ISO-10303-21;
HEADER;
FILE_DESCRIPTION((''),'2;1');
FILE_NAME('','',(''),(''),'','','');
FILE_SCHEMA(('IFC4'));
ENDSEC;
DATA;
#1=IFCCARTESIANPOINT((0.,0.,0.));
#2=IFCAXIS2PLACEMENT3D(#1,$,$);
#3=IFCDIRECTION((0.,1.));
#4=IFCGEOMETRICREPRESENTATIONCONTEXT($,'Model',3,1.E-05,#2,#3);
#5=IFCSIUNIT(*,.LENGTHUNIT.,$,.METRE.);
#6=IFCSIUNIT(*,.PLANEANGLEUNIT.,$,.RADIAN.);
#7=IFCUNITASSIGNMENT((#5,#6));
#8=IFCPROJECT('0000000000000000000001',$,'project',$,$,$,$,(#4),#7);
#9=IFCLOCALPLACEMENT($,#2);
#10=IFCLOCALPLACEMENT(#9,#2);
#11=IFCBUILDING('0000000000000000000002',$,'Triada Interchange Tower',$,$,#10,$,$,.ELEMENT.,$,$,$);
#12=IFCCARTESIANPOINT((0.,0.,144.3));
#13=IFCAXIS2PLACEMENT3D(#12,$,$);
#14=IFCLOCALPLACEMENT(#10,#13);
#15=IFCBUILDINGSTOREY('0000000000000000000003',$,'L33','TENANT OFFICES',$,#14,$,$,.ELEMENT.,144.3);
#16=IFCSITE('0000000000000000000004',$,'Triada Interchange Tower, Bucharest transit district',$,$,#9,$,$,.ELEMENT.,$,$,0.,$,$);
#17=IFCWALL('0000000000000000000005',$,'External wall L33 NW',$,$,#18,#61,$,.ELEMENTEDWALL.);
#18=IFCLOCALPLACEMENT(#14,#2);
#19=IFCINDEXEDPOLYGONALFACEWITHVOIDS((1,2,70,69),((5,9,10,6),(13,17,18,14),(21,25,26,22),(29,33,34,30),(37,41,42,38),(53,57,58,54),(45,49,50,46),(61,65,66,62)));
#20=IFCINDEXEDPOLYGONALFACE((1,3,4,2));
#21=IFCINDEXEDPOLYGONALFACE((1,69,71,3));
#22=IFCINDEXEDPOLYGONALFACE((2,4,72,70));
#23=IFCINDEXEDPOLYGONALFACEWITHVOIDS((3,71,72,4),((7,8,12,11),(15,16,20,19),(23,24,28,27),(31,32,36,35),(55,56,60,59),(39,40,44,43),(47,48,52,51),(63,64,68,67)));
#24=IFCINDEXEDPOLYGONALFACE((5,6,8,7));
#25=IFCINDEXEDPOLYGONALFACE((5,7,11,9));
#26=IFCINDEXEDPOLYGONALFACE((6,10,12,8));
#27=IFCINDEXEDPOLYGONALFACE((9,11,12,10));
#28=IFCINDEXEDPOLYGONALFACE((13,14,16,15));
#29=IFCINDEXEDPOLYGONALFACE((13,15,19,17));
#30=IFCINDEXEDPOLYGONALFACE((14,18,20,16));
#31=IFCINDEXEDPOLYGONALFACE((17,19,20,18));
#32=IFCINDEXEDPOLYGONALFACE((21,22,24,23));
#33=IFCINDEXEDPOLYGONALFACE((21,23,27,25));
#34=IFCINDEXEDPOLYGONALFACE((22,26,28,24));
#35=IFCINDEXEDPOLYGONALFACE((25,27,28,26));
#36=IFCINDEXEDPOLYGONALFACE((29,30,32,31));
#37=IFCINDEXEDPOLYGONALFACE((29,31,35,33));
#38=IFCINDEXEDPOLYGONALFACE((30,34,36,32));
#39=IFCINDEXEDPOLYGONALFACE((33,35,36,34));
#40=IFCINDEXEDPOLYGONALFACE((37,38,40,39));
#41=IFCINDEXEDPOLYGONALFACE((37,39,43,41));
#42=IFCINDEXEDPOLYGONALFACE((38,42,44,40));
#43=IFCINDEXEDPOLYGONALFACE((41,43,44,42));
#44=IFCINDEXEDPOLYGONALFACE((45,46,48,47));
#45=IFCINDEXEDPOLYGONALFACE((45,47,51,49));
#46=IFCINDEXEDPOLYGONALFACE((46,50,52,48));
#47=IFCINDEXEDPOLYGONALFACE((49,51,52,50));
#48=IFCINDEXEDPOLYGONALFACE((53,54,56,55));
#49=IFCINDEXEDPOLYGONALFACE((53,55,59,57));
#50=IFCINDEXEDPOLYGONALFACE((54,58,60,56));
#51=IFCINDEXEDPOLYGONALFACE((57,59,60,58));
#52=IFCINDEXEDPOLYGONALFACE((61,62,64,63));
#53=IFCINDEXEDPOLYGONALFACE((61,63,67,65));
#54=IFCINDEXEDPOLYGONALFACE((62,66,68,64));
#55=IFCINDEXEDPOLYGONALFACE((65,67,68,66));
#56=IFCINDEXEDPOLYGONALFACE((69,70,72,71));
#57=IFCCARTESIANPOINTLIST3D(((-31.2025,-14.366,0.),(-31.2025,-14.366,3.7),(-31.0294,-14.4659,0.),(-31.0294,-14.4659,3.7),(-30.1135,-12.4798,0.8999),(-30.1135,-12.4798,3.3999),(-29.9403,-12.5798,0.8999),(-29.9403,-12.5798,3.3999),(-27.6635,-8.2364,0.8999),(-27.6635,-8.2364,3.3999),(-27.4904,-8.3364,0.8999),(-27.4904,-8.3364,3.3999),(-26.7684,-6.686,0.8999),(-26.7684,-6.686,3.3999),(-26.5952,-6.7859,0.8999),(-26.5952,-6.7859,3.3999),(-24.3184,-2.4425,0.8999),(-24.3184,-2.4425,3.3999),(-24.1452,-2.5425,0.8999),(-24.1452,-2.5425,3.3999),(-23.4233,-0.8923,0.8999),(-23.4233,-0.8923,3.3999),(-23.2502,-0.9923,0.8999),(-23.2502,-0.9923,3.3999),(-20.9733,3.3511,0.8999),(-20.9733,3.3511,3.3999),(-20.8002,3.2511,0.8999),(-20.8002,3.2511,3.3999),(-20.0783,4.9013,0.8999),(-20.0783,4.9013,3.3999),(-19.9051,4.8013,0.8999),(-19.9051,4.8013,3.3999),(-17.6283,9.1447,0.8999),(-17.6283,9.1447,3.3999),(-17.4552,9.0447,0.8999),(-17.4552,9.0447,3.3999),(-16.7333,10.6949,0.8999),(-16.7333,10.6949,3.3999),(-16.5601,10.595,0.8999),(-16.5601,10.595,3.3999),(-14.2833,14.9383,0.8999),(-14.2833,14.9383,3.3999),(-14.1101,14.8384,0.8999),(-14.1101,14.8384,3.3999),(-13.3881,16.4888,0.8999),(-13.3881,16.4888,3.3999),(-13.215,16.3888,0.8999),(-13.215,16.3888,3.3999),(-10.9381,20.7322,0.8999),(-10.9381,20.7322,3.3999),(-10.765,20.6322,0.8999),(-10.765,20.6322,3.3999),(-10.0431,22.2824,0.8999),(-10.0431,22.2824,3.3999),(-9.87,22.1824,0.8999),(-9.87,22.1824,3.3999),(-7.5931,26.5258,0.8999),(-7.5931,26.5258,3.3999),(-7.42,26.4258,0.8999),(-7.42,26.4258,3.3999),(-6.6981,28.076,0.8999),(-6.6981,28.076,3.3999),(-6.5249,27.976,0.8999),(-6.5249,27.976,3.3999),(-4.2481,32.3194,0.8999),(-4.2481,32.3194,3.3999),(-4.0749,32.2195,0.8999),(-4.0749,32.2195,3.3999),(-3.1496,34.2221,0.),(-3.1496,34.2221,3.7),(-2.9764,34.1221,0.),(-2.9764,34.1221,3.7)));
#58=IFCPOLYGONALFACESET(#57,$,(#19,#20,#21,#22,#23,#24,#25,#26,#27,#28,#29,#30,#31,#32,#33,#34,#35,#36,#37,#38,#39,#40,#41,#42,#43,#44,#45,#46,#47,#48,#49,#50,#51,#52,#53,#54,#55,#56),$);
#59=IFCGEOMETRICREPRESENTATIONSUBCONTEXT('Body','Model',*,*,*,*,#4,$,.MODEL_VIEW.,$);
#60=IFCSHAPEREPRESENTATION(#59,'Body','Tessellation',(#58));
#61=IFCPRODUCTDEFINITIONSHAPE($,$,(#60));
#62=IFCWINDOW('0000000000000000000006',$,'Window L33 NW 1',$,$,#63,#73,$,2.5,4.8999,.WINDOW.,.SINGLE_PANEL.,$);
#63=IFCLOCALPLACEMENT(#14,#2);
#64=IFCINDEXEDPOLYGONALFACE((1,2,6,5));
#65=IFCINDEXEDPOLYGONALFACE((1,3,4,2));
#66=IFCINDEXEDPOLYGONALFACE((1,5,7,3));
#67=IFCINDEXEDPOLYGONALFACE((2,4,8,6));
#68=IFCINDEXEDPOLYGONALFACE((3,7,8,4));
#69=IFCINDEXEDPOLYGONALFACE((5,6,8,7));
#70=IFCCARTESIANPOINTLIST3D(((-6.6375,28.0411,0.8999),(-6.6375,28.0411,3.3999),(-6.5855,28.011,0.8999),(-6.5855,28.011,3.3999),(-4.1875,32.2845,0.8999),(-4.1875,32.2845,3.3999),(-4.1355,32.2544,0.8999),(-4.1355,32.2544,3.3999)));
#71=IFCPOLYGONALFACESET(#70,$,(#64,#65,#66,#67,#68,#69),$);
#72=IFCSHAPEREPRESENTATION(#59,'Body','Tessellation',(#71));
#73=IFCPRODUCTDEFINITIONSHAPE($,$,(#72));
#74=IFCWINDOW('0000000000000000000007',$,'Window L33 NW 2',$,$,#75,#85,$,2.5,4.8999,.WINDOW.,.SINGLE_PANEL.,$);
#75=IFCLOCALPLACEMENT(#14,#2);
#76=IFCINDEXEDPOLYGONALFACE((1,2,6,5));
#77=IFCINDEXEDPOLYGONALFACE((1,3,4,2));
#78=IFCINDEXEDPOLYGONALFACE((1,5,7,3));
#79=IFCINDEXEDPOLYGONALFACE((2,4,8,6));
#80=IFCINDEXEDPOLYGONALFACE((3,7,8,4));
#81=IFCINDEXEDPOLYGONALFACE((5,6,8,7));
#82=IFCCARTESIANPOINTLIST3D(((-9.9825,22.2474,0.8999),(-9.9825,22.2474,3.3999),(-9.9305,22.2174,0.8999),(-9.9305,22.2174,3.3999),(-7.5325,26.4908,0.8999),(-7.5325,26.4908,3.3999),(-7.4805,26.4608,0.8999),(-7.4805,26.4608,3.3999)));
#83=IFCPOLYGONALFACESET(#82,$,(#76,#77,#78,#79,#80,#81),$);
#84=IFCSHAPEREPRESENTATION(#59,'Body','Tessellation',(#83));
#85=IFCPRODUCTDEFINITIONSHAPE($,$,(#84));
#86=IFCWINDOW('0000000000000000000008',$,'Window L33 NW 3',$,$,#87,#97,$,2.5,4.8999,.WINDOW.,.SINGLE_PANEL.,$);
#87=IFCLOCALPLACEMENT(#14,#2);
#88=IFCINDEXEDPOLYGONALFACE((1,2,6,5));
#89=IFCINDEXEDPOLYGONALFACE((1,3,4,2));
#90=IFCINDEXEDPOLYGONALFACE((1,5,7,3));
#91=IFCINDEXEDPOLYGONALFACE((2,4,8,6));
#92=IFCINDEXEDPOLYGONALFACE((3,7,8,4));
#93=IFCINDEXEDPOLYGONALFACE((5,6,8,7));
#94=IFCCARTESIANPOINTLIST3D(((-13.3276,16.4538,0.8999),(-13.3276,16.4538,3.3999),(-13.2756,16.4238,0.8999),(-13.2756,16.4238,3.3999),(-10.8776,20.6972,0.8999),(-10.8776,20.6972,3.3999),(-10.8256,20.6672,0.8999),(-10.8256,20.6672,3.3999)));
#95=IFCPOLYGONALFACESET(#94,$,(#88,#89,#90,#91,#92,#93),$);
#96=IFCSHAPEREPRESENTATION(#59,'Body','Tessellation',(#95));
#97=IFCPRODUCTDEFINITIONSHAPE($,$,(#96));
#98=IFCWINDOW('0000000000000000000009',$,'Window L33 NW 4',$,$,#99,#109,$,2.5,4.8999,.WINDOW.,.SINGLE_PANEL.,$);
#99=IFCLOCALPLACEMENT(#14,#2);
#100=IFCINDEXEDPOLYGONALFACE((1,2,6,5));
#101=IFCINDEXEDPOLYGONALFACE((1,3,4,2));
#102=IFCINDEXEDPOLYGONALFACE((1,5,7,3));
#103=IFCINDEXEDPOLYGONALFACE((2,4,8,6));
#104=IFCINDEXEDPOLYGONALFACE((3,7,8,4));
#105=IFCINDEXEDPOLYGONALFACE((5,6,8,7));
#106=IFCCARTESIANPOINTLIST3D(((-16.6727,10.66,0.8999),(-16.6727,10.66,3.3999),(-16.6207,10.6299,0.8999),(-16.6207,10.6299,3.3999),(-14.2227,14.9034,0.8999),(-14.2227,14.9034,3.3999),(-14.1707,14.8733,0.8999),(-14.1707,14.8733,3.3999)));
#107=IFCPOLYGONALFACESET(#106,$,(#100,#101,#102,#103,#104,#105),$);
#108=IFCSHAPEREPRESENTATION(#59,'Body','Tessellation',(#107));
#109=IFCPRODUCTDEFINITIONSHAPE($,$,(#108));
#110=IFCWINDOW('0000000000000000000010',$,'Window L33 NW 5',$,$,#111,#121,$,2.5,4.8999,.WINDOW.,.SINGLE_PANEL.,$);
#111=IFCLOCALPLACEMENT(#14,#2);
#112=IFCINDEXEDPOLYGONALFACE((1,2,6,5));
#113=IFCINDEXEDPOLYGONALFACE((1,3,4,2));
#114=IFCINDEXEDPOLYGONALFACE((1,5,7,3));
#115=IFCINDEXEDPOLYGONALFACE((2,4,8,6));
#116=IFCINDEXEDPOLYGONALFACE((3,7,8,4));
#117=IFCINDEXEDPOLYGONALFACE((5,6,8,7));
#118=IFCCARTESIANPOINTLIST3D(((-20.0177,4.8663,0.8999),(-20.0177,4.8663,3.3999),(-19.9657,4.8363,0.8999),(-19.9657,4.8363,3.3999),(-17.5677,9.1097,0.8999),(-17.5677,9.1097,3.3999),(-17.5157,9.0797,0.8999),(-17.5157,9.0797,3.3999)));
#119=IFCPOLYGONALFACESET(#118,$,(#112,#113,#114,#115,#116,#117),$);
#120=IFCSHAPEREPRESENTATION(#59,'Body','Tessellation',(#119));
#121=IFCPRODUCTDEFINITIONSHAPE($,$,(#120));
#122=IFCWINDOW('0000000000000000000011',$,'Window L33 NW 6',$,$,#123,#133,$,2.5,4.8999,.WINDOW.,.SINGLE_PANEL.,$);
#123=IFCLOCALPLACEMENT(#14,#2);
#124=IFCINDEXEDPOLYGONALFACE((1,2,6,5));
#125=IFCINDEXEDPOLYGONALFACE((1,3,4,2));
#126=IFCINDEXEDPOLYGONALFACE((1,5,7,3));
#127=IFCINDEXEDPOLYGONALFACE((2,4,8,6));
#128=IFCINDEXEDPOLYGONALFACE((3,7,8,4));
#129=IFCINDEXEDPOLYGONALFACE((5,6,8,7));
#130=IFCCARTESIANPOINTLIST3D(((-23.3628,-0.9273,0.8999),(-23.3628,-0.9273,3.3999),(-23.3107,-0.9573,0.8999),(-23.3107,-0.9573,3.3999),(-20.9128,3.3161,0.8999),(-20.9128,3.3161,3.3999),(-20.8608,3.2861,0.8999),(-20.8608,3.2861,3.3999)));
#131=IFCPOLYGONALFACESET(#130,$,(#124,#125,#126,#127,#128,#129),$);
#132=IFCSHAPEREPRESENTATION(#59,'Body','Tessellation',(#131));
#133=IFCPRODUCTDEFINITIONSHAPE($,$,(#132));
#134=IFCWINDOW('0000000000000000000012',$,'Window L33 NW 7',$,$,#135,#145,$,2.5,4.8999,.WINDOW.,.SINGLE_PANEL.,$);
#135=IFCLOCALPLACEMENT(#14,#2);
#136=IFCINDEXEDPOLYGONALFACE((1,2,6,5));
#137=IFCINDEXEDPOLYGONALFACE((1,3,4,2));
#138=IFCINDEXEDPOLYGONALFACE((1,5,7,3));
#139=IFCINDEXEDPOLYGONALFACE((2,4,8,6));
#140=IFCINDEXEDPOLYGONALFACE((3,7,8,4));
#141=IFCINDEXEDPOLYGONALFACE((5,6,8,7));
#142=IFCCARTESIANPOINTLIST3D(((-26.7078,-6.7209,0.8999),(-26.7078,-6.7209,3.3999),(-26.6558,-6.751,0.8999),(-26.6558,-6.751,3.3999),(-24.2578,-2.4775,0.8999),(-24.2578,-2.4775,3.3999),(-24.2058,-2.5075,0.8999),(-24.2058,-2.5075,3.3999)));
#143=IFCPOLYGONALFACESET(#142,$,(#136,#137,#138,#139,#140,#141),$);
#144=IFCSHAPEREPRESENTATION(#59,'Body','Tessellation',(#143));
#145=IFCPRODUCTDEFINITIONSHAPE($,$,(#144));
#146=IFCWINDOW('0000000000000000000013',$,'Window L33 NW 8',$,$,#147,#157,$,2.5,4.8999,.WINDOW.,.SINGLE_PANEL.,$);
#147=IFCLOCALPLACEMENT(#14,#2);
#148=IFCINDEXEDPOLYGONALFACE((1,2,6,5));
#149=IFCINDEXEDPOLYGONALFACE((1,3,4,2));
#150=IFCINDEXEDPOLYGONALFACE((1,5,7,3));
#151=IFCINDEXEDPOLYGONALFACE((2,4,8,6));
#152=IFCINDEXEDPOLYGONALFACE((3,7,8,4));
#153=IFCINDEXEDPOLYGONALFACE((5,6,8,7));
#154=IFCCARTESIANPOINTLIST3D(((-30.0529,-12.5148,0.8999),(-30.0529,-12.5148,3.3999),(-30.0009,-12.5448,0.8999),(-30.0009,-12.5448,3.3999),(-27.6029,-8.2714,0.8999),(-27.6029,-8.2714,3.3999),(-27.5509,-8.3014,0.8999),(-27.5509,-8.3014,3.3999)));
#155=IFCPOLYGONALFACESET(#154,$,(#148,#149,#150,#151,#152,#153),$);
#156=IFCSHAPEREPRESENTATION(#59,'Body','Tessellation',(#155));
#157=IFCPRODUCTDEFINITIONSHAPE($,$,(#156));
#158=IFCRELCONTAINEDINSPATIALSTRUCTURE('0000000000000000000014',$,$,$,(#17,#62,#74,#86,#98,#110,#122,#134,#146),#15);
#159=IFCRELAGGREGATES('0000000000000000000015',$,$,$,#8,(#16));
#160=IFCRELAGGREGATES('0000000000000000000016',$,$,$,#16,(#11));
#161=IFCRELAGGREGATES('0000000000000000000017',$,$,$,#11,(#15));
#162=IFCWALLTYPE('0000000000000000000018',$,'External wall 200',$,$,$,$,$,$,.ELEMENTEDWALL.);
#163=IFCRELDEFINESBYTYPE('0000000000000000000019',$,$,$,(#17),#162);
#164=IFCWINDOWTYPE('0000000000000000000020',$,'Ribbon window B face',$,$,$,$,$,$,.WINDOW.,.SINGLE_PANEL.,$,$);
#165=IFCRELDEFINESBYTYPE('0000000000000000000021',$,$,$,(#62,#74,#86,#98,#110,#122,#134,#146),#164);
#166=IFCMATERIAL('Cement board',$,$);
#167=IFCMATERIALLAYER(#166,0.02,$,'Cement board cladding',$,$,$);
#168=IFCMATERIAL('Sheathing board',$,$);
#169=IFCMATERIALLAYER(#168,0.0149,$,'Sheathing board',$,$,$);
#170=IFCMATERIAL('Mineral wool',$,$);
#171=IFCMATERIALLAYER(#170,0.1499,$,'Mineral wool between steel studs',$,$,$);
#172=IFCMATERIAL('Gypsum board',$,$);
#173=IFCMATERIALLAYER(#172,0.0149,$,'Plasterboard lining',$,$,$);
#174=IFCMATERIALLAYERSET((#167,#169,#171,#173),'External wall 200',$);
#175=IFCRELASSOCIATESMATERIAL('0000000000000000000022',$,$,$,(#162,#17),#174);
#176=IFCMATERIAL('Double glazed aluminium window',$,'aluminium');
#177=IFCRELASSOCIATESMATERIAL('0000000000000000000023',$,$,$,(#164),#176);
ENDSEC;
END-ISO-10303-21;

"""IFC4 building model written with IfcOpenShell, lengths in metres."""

from ifc_helpers import new_model, si_unit, direction, frame, frame_2d, origin, place, context, subcontext, project, spatial, rectangle, extrude, material, layer, layer_set, layer_usage, type_object, element, fill, save


model = new_model("IFC4")

# Units and contexts
model_context = context("Model", 3, precision=1e-05, world=origin(), true_north=direction((0.0, 1.0)))
body_context = subcontext(model_context, "Body", "Model", "MODEL_VIEW")
ifc_project = project(units=[si_unit("LENGTHUNIT", "METRE"), si_unit("PLANEANGLEUNIT", "RADIAN")], contexts=[model_context])

# Site, building, storey
site_placement = place(None, origin())
site = spatial("IfcSite", under=ifc_project, at=site_placement, Name="Triada Interchange Tower, Bucharest transit district", CompositionType="ELEMENT", RefElevation=0.0)
building_placement = place(site_placement, origin())
building = spatial("IfcBuilding", under=site, at=building_placement, Name="Triada Interchange Tower", CompositionType="ELEMENT")
storey_placement = place(building_placement, frame((0.0, 0.0, 144.3)))
storey = spatial("IfcBuildingStorey", under=building, at=storey_placement, Name="L33", Description="TENANT OFFICES", CompositionType="ELEMENT", Elevation=144.3)

# Wall, openings, windows
ifc_material_1 = material(Name="Cement board")
ifc_layer_1 = layer(ifc_material_1, 0.02, Name="Cement board cladding")
ifc_material_2 = material(Name="Sheathing board")
ifc_layer_2 = layer(ifc_material_2, 0.0149, Name="Sheathing board")
ifc_material_3 = material(Name="Mineral wool")
ifc_layer_3 = layer(ifc_material_3, 0.1499, Name="Mineral wool between steel studs")
ifc_material_4 = material(Name="Gypsum board")
ifc_layer_4 = layer(ifc_material_4, 0.0149, Name="Plasterboard lining")
ifc_layer_set_1 = layer_set([ifc_layer_1, ifc_layer_2, ifc_layer_3, ifc_layer_4], Name="External wall 200")
ifc_layer_usage = layer_usage(ifc_layer_set_1, "AXIS2", "POSITIVE", -0.1001)
wall_type_1 = type_object("IfcWallType", Name="External wall 200", PredefinedType="ELEMENTEDWALL", material=ifc_layer_set_1)
wall_1_placement = place(storey_placement, frame((-3.063, 34.1721, 0.0), z_axis=(0.0, 0.0, 1.0), x_axis=(-0.500008, -0.866021, 0.0)))
wall_1 = element("IfcWall", 1, at=wall_1_placement, inside=storey, type_object=wall_type_1, material=ifc_layer_usage, Name="External wall L33 NW", PredefinedType="ELEMENTEDWALL", context=body_context, shape_type="SweptSolid", body=[
    extrude(rectangle(XDim=56.105, YDim=0.2, at=frame_2d((28.0525, 0.0))), origin(), (0.0, 0.0, 1.0), 3.7),
])
opening_1_placement = place(wall_1_placement, frame((2.197, 0.0, 0.8999)))
opening_1 = element("IfcOpeningElement", 2, at=opening_1_placement, cuts=wall_1, PredefinedType="OPENING", context=body_context, shape_type="SweptSolid", body=[
    extrude(rectangle(XDim=4.8999, YDim=2.5, at=frame_2d((2.45, 1.25))), frame((0.0, 0.1099, 0.0), z_axis=(0.0, -1.0, 0.0), x_axis=(1.0, 0.0, 0.0)), (0.0, 0.0, 1.0), 0.22),
])
opening_2_placement = place(wall_1_placement, frame((8.887, 0.0, 0.8999)))
opening_2 = element("IfcOpeningElement", 3, at=opening_2_placement, cuts=wall_1, PredefinedType="OPENING", context=body_context, shape_type="SweptSolid", body=[
    extrude(rectangle(XDim=4.8999, YDim=2.5, at=frame_2d((2.45, 1.25))), frame((0.0, 0.1099, 0.0), z_axis=(0.0, -1.0, 0.0), x_axis=(1.0, 0.0, 0.0)), (0.0, 0.0, 1.0), 0.22),
])
opening_3_placement = place(wall_1_placement, frame((15.5769, 0.0, 0.8999)))
opening_3 = element("IfcOpeningElement", 4, at=opening_3_placement, cuts=wall_1, PredefinedType="OPENING", context=body_context, shape_type="SweptSolid", body=[
    extrude(rectangle(XDim=4.8999, YDim=2.5, at=frame_2d((2.45, 1.25))), frame((0.0, 0.1099, 0.0), z_axis=(0.0, -1.0, 0.0), x_axis=(1.0, 0.0, 0.0)), (0.0, 0.0, 1.0), 0.22),
])
opening_4_placement = place(wall_1_placement, frame((22.2671, 0.0, 0.8999)))
opening_4 = element("IfcOpeningElement", 5, at=opening_4_placement, cuts=wall_1, PredefinedType="OPENING", context=body_context, shape_type="SweptSolid", body=[
    extrude(rectangle(XDim=4.8999, YDim=2.5, at=frame_2d((2.45, 1.25))), frame((0.0, 0.1099, 0.0), z_axis=(0.0, -1.0, 0.0), x_axis=(1.0, 0.0, 0.0)), (0.0, 0.0, 1.0), 0.22),
])
opening_5_placement = place(wall_1_placement, frame((28.957, 0.0, 0.8999)))
opening_5 = element("IfcOpeningElement", 6, at=opening_5_placement, cuts=wall_1, PredefinedType="OPENING", context=body_context, shape_type="SweptSolid", body=[
    extrude(rectangle(XDim=4.8999, YDim=2.5, at=frame_2d((2.45, 1.25))), frame((0.0, 0.1099, 0.0), z_axis=(0.0, -1.0, 0.0), x_axis=(1.0, 0.0, 0.0)), (0.0, 0.0, 1.0), 0.22),
])
opening_6_placement = place(wall_1_placement, frame((35.647, 0.0, 0.8999)))
opening_6 = element("IfcOpeningElement", 7, at=opening_6_placement, cuts=wall_1, PredefinedType="OPENING", context=body_context, shape_type="SweptSolid", body=[
    extrude(rectangle(XDim=4.8999, YDim=2.5, at=frame_2d((2.45, 1.25))), frame((0.0, 0.1099, 0.0), z_axis=(0.0, -1.0, 0.0), x_axis=(1.0, 0.0, 0.0)), (0.0, 0.0, 1.0), 0.22),
])
opening_7_placement = place(wall_1_placement, frame((42.3369, 0.0, 0.8999)))
opening_7 = element("IfcOpeningElement", 8, at=opening_7_placement, cuts=wall_1, PredefinedType="OPENING", context=body_context, shape_type="SweptSolid", body=[
    extrude(rectangle(XDim=4.8999, YDim=2.5, at=frame_2d((2.45, 1.25))), frame((0.0, 0.1099, 0.0), z_axis=(0.0, -1.0, 0.0), x_axis=(1.0, 0.0, 0.0)), (0.0, 0.0, 1.0), 0.22),
])
opening_8_placement = place(wall_1_placement, frame((49.0271, 0.0, 0.8999)))
opening_8 = element("IfcOpeningElement", 9, at=opening_8_placement, cuts=wall_1, PredefinedType="OPENING", context=body_context, shape_type="SweptSolid", body=[
    extrude(rectangle(XDim=4.8999, YDim=2.5, at=frame_2d((2.45, 1.25))), frame((0.0, 0.1099, 0.0), z_axis=(0.0, -1.0, 0.0), x_axis=(1.0, 0.0, 0.0)), (0.0, 0.0, 1.0), 0.22),
])
ifc_material_5 = material(Name="Double glazed aluminium window", Category="aluminium")
window_type = type_object("IfcWindowType", Name="Ribbon window B face", PartitioningType="SINGLE_PANEL", PredefinedType="WINDOW", material=ifc_material_5)
window_1_placement = place(opening_1_placement, origin())
window_1 = element("IfcWindow", 10, at=window_1_placement, inside=storey, type_object=window_type, Name="Window L33 NW 1", OverallHeight=2.5, OverallWidth=4.8999, PartitioningType="SINGLE_PANEL", PredefinedType="WINDOW", context=body_context, shape_type="SweptSolid", body=[
    extrude(rectangle(XDim=4.8999, YDim=2.5, at=frame_2d((2.45, 1.25))), frame((0.0, 0.03, 0.0), z_axis=(0.0, -1.0, 0.0), x_axis=(1.0, 0.0, 0.0)), (0.0, 0.0, 1.0), 0.0601),
])
fill(opening_1, window_1)
window_2_placement = place(opening_2_placement, origin())
window_2 = element("IfcWindow", 11, at=window_2_placement, inside=storey, type_object=window_type, Name="Window L33 NW 2", OverallHeight=2.5, OverallWidth=4.8999, PartitioningType="SINGLE_PANEL", PredefinedType="WINDOW", context=body_context, shape_type="SweptSolid", body=[
    extrude(rectangle(XDim=4.8999, YDim=2.5, at=frame_2d((2.45, 1.25))), frame((0.0, 0.03, 0.0), z_axis=(0.0, -1.0, 0.0), x_axis=(1.0, 0.0, 0.0)), (0.0, 0.0, 1.0), 0.0601),
])
fill(opening_2, window_2)
window_3_placement = place(opening_3_placement, origin())
window_3 = element("IfcWindow", 12, at=window_3_placement, inside=storey, type_object=window_type, Name="Window L33 NW 3", OverallHeight=2.5, OverallWidth=4.8999, PartitioningType="SINGLE_PANEL", PredefinedType="WINDOW", context=body_context, shape_type="SweptSolid", body=[
    extrude(rectangle(XDim=4.8999, YDim=2.5, at=frame_2d((2.45, 1.25))), frame((0.0, 0.03, 0.0), z_axis=(0.0, -1.0, 0.0), x_axis=(1.0, 0.0, 0.0)), (0.0, 0.0, 1.0), 0.0601),
])
fill(opening_3, window_3)
window_4_placement = place(opening_4_placement, origin())
window_4 = element("IfcWindow", 13, at=window_4_placement, inside=storey, type_object=window_type, Name="Window L33 NW 4", OverallHeight=2.5, OverallWidth=4.8999, PartitioningType="SINGLE_PANEL", PredefinedType="WINDOW", context=body_context, shape_type="SweptSolid", body=[
    extrude(rectangle(XDim=4.8999, YDim=2.5, at=frame_2d((2.45, 1.25))), frame((0.0, 0.03, 0.0), z_axis=(0.0, -1.0, 0.0), x_axis=(1.0, 0.0, 0.0)), (0.0, 0.0, 1.0), 0.0601),
])
fill(opening_4, window_4)
window_5_placement = place(opening_5_placement, origin())
window_5 = element("IfcWindow", 14, at=window_5_placement, inside=storey, type_object=window_type, Name="Window L33 NW 5", OverallHeight=2.5, OverallWidth=4.8999, PartitioningType="SINGLE_PANEL", PredefinedType="WINDOW", context=body_context, shape_type="SweptSolid", body=[
    extrude(rectangle(XDim=4.8999, YDim=2.5, at=frame_2d((2.45, 1.25))), frame((0.0, 0.03, 0.0), z_axis=(0.0, -1.0, 0.0), x_axis=(1.0, 0.0, 0.0)), (0.0, 0.0, 1.0), 0.0601),
])
fill(opening_5, window_5)
window_6_placement = place(opening_6_placement, origin())
window_6 = element("IfcWindow", 15, at=window_6_placement, inside=storey, type_object=window_type, Name="Window L33 NW 6", OverallHeight=2.5, OverallWidth=4.8999, PartitioningType="SINGLE_PANEL", PredefinedType="WINDOW", context=body_context, shape_type="SweptSolid", body=[
    extrude(rectangle(XDim=4.8999, YDim=2.5, at=frame_2d((2.45, 1.25))), frame((0.0, 0.03, 0.0), z_axis=(0.0, -1.0, 0.0), x_axis=(1.0, 0.0, 0.0)), (0.0, 0.0, 1.0), 0.0601),
])
fill(opening_6, window_6)
window_7_placement = place(opening_7_placement, origin())
window_7 = element("IfcWindow", 16, at=window_7_placement, inside=storey, type_object=window_type, Name="Window L33 NW 7", OverallHeight=2.5, OverallWidth=4.8999, PartitioningType="SINGLE_PANEL", PredefinedType="WINDOW", context=body_context, shape_type="SweptSolid", body=[
    extrude(rectangle(XDim=4.8999, YDim=2.5, at=frame_2d((2.45, 1.25))), frame((0.0, 0.03, 0.0), z_axis=(0.0, -1.0, 0.0), x_axis=(1.0, 0.0, 0.0)), (0.0, 0.0, 1.0), 0.0601),
])
fill(opening_7, window_7)
window_8_placement = place(opening_8_placement, origin())
window_8 = element("IfcWindow", 17, at=window_8_placement, inside=storey, type_object=window_type, Name="Window L33 NW 8", OverallHeight=2.5, OverallWidth=4.8999, PartitioningType="SINGLE_PANEL", PredefinedType="WINDOW", context=body_context, shape_type="SweptSolid", body=[
    extrude(rectangle(XDim=4.8999, YDim=2.5, at=frame_2d((2.45, 1.25))), frame((0.0, 0.03, 0.0), z_axis=(0.0, -1.0, 0.0), x_axis=(1.0, 0.0, 0.0)), (0.0, 0.0, 1.0), 0.0601),
])
fill(opening_8, window_8)

save(model, "model.ifc")
